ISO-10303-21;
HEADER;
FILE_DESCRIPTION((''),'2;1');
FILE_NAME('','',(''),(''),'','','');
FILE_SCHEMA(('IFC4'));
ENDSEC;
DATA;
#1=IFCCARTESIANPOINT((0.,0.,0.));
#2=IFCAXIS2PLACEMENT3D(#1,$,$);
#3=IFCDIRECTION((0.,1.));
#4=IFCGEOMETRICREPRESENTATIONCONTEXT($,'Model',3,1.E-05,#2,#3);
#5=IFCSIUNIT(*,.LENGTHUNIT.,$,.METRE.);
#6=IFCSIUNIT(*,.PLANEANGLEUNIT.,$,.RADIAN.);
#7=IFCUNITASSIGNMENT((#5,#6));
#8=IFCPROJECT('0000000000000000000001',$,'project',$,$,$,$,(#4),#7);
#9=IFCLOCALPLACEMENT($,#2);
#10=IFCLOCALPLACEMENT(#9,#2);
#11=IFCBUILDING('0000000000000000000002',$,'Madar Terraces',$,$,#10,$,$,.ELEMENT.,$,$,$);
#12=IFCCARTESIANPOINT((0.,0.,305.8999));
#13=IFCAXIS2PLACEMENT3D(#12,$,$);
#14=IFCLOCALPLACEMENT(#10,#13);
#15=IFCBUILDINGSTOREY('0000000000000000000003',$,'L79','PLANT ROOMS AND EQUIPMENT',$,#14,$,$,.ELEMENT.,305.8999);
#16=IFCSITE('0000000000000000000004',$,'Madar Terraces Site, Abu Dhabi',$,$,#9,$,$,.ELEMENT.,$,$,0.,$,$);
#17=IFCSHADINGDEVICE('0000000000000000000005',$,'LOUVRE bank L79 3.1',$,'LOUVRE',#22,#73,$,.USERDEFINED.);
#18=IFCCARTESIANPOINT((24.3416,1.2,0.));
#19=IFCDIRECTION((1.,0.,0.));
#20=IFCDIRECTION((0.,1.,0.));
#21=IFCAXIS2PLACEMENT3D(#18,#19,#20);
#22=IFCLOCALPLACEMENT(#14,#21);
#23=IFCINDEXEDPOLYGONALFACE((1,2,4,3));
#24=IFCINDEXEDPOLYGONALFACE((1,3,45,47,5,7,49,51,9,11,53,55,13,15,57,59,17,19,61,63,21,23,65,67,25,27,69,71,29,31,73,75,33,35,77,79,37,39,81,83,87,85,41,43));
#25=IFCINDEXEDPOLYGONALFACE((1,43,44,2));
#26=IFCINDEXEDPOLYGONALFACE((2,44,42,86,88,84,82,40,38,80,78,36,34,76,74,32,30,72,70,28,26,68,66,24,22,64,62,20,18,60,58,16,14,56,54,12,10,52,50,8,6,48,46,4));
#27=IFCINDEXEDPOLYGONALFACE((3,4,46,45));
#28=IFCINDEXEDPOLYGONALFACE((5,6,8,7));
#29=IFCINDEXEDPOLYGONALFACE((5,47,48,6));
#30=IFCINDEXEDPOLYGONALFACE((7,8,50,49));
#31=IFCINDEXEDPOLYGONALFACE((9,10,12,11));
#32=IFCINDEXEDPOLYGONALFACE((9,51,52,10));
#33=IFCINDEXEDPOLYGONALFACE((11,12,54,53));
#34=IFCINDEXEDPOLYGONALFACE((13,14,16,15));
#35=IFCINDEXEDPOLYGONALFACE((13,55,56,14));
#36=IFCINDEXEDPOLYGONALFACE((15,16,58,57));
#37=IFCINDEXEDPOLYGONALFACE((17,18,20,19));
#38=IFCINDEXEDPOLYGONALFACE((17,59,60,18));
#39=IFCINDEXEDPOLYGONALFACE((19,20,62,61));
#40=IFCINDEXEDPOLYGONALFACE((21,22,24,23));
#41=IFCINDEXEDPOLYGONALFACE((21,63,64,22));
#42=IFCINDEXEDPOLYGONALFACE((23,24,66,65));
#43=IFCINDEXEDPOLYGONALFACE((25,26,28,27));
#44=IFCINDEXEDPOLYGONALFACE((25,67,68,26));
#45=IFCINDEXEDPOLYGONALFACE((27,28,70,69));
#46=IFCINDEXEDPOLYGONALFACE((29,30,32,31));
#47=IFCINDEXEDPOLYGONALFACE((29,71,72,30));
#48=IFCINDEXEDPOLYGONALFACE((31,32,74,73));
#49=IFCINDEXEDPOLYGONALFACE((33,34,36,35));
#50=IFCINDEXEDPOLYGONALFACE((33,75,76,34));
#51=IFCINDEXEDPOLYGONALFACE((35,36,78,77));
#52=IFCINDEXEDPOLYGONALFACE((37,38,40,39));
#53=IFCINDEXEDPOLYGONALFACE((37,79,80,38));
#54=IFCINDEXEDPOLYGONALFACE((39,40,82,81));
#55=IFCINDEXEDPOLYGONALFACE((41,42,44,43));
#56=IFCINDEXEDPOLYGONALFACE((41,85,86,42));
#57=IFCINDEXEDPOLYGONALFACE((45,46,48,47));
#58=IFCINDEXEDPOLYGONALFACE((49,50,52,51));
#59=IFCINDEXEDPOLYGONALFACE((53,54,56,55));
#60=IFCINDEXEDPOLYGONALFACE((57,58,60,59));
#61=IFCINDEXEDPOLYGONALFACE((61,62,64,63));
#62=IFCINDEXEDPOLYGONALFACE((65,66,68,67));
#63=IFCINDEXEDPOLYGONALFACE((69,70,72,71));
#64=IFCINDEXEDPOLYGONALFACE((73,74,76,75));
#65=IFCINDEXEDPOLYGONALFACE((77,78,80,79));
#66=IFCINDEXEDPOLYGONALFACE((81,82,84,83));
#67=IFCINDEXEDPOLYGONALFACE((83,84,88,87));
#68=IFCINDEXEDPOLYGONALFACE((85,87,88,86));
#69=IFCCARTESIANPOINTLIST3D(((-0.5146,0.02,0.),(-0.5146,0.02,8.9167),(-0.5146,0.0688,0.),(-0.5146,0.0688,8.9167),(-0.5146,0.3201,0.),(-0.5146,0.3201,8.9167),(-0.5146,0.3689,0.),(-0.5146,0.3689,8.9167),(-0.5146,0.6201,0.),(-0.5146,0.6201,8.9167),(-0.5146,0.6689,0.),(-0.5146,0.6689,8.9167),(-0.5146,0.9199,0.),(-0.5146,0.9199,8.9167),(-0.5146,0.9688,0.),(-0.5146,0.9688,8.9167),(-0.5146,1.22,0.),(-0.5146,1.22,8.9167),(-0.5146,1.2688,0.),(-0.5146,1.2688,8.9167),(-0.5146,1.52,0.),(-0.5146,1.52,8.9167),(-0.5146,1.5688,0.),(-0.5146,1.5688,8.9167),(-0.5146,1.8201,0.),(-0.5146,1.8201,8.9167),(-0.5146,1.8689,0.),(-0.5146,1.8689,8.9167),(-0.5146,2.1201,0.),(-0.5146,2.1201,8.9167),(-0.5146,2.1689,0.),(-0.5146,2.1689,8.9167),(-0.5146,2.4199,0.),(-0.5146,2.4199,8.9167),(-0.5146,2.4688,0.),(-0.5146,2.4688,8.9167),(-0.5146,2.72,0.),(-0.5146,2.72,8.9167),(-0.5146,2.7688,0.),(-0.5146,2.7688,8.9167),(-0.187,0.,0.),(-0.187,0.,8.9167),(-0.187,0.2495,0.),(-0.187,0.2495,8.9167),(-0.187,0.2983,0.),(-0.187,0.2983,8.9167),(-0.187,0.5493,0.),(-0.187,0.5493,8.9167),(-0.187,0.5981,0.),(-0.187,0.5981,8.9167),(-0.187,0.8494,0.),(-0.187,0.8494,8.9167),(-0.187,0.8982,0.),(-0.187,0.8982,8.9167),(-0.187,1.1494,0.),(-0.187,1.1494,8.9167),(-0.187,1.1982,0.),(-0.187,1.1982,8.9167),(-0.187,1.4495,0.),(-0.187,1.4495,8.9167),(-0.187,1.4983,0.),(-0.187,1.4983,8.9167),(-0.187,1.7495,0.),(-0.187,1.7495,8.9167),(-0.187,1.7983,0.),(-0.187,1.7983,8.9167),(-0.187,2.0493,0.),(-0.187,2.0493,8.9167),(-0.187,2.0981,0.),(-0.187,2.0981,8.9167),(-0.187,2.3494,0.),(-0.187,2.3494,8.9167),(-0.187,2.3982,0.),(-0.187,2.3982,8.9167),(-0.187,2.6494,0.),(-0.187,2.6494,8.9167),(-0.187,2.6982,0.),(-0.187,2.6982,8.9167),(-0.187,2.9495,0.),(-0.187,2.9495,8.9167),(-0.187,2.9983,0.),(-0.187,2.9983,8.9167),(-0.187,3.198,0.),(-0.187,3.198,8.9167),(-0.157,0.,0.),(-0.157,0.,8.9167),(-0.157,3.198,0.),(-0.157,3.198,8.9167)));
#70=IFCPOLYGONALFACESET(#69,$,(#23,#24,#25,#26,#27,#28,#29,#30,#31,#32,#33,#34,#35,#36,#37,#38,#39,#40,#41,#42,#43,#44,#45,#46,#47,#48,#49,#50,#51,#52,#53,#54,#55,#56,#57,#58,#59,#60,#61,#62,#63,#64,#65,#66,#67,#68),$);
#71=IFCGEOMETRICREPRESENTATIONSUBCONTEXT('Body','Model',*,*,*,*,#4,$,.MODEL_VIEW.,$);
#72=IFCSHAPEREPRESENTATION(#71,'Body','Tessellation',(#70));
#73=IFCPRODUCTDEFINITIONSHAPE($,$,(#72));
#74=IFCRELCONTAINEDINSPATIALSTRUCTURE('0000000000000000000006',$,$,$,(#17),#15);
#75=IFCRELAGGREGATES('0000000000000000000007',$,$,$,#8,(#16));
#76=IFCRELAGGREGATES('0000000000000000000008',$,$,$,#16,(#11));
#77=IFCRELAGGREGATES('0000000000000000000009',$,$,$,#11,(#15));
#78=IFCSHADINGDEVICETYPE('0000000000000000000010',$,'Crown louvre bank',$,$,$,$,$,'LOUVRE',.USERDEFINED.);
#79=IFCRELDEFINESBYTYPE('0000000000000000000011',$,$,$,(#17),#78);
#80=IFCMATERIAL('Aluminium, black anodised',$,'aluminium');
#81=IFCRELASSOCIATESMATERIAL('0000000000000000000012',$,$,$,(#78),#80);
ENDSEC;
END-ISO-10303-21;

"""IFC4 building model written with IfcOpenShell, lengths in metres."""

from ifc_helpers import new_model, si_unit, direction, frame, origin, place, context, subcontext, project, spatial, polyline, outline, extrude, material, type_object, element, save


model = new_model("IFC4")

# Units and contexts
model_context = context("Model", 3, precision=1e-05, world=origin(), true_north=direction((0.0, 1.0)))
body_context = subcontext(model_context, "Body", "Model", "MODEL_VIEW")
ifc_project = project(units=[si_unit("LENGTHUNIT", "METRE"), si_unit("PLANEANGLEUNIT", "RADIAN")], contexts=[model_context])

# Site, building, storey
site_placement = place(None, origin())
site = spatial("IfcSite", under=ifc_project, at=site_placement, Name="Madar Terraces Site, Abu Dhabi", CompositionType="ELEMENT", RefElevation=0.0)
building_placement = place(site_placement, origin())
building = spatial("IfcBuilding", under=site, at=building_placement, Name="Madar Terraces", CompositionType="ELEMENT")
storey_placement = place(building_placement, frame((0.0, 0.0, 305.8999)))
storey = spatial("IfcBuildingStorey", under=building, at=storey_placement, Name="L79", Description="PLANT ROOMS AND EQUIPMENT", CompositionType="ELEMENT", Elevation=305.8999)

# Shading device
ifc_material_1 = material(Name="Aluminium, black anodised", Category="aluminium")
shading_device_type = type_object("IfcShadingDeviceType", Name="Crown louvre bank", ElementType="LOUVRE", PredefinedType="USERDEFINED", material=ifc_material_1)
shading_device_1_placement = place(storey_placement, frame((24.3416, 1.2, 0.0), z_axis=(1.0, 0.0, 0.0), x_axis=(0.0, 1.0, 0.0)))
element("IfcShadingDevice", 1, at=shading_device_1_placement, inside=storey, type_object=shading_device_type, Name="LOUVRE bank L79 3.1", ObjectType="LOUVRE", PredefinedType="USERDEFINED", context=body_context, shape_type="SweptSolid", body=[
    extrude(outline(polyline([(-0.157, 0.0), (-0.187, 0.0), (-0.187, 0.2495), (-0.5146, 0.02), (-0.5146, 0.0688), (-0.187, 0.2983), (-0.187, 0.5493), (-0.5146, 0.3201), (-0.5146, 0.3689), (-0.187, 0.5981), (-0.187, 0.8494), (-0.5146, 0.6201), (-0.5146, 0.6689), (-0.187, 0.8982), (-0.187, 1.1494), (-0.5146, 0.9199), (-0.5146, 0.9688), (-0.187, 1.1982), (-0.187, 1.4495), (-0.5146, 1.22), (-0.5146, 1.2688), (-0.187, 1.4983), (-0.187, 1.7495), (-0.5146, 1.52), (-0.5146, 1.5688), (-0.187, 1.7983), (-0.187, 2.0493), (-0.5146, 1.8201), (-0.5146, 1.8689), (-0.187, 2.0981), (-0.187, 2.3494), (-0.5146, 2.1201), (-0.5146, 2.1689), (-0.187, 2.3982), (-0.187, 2.6494), (-0.5146, 2.4199), (-0.5146, 2.4688), (-0.187, 2.6982), (-0.187, 2.9495), (-0.5146, 2.72), (-0.5146, 2.7688), (-0.187, 2.9983), (-0.187, 3.198), (-0.157, 3.198), (-0.157, 0.0)])), origin(), (0.0, 0.0, 1.0), 8.9167),
])

save(model, "model.ifc")
